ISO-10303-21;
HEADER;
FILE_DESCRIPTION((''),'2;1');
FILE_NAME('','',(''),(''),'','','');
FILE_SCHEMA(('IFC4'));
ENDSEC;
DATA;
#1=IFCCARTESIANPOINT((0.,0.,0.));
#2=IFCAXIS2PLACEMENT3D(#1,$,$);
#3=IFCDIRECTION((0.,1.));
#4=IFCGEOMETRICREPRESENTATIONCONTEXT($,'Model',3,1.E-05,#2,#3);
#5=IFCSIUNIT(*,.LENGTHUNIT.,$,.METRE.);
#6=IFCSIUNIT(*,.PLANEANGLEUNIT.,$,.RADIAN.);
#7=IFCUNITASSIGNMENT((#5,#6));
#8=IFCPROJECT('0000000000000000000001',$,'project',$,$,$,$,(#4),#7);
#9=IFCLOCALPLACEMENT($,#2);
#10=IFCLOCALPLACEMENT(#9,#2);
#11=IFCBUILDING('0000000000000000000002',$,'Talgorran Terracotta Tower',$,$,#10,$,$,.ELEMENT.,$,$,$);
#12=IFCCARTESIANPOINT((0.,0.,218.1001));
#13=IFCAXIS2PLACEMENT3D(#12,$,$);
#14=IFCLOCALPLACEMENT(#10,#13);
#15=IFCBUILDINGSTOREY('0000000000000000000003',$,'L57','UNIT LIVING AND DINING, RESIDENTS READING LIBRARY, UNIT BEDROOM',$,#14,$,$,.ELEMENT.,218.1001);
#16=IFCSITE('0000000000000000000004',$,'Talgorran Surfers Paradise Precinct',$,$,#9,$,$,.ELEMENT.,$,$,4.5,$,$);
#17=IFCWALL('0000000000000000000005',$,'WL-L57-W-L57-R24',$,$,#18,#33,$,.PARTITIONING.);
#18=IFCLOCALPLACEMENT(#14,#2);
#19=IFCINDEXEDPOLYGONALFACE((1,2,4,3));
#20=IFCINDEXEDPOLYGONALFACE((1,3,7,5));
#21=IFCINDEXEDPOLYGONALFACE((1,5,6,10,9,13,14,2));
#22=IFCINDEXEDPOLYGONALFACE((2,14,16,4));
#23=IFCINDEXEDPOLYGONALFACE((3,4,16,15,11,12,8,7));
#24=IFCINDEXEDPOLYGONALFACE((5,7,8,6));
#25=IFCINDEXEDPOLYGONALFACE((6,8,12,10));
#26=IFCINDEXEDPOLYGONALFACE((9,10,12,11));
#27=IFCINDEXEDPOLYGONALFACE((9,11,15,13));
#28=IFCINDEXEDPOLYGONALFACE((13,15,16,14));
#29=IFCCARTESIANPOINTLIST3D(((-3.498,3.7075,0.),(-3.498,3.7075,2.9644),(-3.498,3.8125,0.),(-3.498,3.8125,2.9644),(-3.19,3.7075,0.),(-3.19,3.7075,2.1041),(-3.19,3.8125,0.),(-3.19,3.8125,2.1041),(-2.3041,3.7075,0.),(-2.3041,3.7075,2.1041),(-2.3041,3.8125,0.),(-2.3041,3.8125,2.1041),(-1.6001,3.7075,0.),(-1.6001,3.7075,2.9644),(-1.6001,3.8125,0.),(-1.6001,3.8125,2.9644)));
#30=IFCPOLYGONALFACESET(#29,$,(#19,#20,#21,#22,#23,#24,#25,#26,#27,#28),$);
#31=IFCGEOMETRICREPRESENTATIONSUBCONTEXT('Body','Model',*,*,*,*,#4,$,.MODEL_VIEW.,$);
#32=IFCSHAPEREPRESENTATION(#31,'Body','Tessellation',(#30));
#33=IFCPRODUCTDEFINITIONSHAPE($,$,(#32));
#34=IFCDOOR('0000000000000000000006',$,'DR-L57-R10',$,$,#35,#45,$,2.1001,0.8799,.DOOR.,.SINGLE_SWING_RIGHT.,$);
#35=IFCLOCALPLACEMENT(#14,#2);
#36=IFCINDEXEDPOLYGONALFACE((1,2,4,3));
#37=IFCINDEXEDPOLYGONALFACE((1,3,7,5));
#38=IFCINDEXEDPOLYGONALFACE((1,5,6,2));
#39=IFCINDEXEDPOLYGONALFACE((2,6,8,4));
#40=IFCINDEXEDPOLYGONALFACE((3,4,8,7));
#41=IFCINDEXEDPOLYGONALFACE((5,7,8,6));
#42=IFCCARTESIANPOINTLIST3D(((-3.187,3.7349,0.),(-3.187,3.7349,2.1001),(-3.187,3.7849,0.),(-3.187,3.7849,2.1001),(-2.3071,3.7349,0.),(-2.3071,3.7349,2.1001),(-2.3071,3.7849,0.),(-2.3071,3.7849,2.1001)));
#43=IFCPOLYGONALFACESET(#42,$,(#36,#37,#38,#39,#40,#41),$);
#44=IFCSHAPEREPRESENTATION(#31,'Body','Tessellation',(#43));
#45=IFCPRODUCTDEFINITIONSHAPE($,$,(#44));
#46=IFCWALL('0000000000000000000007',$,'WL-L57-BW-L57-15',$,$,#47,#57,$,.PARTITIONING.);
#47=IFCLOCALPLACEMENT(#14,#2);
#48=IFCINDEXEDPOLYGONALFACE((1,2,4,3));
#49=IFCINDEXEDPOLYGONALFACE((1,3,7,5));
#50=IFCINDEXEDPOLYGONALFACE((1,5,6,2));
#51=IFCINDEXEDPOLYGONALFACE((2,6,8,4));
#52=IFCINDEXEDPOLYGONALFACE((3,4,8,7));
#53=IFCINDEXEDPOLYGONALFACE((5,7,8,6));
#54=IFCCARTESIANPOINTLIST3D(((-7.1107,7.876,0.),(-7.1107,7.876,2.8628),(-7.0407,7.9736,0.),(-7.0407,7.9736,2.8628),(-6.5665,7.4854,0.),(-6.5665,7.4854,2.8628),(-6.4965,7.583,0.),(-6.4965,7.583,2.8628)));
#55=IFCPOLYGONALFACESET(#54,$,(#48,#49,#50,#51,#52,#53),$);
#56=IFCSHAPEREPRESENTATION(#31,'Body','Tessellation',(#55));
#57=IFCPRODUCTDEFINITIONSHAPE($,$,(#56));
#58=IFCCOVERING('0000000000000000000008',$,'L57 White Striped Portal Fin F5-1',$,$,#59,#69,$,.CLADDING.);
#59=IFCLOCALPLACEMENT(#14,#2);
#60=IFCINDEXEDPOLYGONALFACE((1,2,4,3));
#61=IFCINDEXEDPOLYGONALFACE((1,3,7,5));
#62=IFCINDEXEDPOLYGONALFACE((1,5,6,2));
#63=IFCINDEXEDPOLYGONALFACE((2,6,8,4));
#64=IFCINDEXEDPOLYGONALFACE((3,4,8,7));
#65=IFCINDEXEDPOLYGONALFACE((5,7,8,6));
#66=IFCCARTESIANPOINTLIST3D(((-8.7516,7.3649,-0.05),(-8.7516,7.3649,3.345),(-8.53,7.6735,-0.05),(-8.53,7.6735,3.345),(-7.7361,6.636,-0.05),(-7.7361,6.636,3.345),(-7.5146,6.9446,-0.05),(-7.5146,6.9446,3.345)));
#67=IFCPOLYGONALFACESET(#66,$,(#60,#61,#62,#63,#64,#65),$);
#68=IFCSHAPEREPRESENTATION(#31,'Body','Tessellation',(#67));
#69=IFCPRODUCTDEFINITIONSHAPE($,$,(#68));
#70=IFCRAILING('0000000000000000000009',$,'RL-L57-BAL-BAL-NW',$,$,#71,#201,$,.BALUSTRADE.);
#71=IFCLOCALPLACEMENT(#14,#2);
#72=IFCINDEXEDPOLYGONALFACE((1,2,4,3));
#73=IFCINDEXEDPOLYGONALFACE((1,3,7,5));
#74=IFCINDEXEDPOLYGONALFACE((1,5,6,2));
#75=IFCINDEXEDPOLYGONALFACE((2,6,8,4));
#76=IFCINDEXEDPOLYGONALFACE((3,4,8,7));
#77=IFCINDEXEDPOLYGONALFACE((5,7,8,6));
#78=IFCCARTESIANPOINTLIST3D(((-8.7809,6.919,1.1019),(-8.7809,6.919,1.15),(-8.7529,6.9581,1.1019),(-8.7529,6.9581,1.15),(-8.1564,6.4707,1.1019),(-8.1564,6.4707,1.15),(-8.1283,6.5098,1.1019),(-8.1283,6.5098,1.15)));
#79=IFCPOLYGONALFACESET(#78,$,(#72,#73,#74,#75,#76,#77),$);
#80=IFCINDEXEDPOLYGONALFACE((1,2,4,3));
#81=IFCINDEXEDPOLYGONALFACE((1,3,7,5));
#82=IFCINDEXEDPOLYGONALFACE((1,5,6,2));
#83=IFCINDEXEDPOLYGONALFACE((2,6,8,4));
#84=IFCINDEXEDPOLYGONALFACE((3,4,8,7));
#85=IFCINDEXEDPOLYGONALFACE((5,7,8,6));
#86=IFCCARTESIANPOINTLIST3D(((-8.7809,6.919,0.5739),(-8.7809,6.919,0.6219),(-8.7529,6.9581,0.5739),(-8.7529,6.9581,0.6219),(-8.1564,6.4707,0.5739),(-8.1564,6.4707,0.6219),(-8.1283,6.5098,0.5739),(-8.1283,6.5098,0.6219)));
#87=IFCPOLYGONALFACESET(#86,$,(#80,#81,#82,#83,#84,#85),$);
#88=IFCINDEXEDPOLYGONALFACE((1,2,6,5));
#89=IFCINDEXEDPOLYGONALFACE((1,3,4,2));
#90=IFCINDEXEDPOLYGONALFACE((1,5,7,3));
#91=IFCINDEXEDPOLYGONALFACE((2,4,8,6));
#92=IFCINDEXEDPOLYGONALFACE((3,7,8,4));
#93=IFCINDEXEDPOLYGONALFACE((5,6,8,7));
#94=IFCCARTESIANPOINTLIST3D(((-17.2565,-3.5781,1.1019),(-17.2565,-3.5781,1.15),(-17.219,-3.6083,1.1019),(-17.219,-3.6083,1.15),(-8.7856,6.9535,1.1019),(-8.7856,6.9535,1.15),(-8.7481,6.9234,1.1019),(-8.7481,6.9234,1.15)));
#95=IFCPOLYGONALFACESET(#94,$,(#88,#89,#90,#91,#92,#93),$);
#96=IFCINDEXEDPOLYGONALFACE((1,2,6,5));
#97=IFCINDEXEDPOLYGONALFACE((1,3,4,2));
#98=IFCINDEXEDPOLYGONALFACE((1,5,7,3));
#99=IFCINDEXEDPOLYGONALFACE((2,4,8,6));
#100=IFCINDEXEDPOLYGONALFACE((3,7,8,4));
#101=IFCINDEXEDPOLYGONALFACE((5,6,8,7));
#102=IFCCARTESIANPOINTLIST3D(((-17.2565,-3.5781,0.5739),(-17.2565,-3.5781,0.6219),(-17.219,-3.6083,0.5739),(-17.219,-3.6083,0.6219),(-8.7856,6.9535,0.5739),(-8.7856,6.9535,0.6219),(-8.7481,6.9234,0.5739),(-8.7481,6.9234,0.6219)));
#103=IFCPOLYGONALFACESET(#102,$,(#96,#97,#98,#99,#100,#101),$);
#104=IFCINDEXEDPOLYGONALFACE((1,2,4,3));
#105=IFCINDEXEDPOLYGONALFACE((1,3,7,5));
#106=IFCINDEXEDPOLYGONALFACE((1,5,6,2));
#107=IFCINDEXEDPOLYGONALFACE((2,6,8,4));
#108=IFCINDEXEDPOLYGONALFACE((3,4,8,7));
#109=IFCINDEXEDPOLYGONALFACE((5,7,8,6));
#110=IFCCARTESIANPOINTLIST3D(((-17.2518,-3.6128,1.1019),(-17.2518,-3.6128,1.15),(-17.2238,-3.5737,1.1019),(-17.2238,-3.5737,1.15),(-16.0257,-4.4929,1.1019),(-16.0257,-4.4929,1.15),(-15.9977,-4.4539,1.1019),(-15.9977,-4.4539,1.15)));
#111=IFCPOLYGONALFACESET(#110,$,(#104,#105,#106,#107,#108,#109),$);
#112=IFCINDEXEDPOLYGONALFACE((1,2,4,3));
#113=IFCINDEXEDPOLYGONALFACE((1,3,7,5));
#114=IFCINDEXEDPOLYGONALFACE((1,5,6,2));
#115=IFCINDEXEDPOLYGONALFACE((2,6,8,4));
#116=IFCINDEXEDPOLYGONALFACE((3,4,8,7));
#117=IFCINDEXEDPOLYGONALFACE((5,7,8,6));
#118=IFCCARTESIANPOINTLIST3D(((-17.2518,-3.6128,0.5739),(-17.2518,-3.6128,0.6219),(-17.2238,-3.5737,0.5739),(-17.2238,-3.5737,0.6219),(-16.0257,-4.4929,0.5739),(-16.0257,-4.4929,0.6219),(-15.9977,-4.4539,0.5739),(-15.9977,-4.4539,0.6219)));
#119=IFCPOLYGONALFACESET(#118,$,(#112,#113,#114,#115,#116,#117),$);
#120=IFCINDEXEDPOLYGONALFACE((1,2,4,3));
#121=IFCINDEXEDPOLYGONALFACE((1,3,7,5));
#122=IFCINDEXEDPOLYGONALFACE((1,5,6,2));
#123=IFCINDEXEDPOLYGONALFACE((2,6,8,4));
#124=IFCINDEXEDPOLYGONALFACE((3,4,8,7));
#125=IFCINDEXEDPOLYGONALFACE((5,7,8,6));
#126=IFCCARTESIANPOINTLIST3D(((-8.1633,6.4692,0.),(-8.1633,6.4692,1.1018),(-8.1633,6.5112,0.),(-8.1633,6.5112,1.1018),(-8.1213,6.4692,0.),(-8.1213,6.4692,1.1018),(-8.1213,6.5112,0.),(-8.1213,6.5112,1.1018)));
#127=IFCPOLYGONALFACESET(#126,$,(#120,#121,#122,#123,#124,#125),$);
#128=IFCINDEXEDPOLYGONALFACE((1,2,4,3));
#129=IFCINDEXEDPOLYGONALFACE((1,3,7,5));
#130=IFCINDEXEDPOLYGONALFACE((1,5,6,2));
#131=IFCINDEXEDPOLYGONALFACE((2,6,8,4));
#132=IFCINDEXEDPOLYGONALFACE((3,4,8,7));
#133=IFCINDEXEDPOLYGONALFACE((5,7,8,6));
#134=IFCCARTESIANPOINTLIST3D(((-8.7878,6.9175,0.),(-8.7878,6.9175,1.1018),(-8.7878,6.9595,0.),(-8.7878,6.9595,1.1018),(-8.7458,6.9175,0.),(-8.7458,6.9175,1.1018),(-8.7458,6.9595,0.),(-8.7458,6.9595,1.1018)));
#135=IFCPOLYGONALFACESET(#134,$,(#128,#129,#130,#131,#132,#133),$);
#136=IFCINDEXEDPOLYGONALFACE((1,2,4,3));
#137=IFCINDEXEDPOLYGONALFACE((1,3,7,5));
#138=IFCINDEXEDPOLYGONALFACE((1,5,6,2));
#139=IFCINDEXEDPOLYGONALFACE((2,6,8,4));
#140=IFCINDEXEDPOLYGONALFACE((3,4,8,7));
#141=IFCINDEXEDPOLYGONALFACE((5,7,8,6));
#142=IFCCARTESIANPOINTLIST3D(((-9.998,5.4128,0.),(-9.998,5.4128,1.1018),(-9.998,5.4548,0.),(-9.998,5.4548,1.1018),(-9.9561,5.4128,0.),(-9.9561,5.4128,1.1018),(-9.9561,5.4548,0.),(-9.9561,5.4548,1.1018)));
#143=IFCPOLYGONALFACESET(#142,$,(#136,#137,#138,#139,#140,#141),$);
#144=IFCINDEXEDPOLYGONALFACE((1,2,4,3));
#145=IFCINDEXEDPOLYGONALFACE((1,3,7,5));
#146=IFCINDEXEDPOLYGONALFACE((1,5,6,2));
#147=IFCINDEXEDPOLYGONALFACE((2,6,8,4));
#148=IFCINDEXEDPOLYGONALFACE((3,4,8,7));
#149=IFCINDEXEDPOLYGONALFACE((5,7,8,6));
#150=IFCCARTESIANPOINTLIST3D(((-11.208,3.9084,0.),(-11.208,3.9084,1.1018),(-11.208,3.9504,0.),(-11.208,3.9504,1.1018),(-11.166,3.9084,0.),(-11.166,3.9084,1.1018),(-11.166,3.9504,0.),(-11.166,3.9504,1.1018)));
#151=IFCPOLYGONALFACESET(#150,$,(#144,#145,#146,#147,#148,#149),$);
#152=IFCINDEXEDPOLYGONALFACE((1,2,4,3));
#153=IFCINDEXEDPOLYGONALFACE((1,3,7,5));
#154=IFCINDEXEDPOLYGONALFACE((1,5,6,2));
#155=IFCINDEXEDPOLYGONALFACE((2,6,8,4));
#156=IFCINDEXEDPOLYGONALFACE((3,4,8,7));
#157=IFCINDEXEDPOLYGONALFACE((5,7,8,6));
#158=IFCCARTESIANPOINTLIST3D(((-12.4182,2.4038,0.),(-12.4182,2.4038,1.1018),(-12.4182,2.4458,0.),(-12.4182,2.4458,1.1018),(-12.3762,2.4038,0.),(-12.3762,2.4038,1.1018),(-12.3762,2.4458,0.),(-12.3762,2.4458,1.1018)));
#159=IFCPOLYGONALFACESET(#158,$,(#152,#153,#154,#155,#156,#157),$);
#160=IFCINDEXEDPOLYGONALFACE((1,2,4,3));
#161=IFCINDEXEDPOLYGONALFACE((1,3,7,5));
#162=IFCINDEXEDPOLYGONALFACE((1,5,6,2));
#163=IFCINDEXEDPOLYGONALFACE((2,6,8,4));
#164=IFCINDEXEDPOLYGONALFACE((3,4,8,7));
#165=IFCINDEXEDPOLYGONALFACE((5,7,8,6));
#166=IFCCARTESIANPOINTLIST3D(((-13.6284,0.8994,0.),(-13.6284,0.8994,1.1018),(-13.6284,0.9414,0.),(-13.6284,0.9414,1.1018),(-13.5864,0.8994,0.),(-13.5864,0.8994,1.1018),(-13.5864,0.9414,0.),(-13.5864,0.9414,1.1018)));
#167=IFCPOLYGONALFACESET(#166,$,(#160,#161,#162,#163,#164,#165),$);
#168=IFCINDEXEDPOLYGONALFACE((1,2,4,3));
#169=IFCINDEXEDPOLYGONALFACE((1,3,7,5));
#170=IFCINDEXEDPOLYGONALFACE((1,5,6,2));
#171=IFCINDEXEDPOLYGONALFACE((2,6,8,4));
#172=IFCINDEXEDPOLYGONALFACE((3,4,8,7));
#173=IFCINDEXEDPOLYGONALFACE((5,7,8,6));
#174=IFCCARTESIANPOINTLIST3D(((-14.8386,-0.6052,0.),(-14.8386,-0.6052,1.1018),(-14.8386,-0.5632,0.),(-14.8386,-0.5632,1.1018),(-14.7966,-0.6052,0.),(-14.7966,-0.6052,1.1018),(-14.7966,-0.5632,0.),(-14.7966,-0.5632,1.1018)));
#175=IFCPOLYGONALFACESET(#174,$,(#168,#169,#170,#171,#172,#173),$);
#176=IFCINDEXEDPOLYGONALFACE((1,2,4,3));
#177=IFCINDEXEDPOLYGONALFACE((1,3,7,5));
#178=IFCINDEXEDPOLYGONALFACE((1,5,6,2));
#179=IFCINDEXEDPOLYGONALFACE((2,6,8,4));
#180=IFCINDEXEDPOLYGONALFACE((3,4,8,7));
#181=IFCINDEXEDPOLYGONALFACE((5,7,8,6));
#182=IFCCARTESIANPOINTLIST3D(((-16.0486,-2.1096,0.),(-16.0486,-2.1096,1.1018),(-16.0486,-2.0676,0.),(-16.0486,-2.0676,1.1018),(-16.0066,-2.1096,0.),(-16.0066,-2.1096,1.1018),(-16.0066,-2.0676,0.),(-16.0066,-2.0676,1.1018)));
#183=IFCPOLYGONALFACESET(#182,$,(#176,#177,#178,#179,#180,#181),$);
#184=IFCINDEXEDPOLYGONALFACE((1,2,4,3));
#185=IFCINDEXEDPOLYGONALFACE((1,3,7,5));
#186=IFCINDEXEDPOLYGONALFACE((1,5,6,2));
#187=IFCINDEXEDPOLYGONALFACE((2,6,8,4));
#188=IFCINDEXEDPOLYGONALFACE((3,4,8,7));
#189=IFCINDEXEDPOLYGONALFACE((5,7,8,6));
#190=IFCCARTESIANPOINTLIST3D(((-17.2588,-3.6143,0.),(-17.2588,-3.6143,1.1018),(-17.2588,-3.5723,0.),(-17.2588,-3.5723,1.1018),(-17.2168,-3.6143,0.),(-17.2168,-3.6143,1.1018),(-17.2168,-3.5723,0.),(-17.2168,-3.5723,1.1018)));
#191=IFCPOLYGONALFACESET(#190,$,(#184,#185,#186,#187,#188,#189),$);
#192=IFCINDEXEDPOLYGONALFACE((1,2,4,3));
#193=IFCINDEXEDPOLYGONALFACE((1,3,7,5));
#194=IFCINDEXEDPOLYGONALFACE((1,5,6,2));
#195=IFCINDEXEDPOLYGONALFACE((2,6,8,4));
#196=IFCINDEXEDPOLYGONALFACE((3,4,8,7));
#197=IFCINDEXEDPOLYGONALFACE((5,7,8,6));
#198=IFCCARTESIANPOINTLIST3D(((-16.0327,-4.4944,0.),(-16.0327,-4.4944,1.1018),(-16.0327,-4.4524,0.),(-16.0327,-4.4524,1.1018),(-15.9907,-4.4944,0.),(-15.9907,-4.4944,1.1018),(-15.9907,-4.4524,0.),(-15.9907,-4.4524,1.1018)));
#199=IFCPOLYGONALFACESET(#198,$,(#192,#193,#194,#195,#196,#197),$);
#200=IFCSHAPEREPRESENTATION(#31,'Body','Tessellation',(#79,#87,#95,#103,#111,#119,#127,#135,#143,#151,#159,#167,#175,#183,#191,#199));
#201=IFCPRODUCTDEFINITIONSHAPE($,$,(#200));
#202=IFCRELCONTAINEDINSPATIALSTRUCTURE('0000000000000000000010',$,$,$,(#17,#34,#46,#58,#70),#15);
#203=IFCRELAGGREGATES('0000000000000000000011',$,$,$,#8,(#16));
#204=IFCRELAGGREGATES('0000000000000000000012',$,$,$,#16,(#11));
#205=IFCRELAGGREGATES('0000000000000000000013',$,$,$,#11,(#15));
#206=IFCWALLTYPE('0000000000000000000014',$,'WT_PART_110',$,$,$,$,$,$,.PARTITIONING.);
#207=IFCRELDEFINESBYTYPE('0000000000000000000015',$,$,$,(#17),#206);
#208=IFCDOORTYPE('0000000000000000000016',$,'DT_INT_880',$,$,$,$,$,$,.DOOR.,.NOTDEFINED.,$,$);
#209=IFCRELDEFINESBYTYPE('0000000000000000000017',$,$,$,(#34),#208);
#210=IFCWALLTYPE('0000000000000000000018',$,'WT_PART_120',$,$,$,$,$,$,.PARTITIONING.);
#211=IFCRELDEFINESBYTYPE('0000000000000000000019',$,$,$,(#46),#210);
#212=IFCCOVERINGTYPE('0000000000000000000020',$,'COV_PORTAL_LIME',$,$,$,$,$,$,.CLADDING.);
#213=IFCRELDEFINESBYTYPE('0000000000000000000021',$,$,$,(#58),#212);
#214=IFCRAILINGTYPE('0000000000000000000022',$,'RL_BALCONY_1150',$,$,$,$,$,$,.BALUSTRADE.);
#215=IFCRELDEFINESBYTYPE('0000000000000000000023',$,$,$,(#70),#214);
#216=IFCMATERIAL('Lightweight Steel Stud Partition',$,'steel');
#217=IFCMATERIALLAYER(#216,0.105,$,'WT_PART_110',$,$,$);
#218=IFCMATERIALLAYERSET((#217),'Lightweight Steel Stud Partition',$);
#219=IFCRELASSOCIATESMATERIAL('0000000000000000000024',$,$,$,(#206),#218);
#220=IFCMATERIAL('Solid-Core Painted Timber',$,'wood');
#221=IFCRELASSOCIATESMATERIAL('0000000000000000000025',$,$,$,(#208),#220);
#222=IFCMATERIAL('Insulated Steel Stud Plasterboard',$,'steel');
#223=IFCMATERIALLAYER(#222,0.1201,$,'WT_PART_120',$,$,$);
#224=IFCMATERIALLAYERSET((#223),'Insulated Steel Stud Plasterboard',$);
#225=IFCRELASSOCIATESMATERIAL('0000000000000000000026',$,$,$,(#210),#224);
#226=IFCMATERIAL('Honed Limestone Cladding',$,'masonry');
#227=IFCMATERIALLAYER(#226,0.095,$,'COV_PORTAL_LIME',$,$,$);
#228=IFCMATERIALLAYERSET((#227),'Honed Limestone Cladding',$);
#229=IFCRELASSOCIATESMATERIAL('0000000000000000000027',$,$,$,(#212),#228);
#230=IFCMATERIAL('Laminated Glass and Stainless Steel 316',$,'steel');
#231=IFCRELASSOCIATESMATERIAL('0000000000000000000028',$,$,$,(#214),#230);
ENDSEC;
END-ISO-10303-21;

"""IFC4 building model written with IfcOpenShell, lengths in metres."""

from ifc_helpers import new_model, si_unit, direction, frame, frame_2d, origin, origin_2d, place, context, subcontext, project, spatial, rectangle, extrude, material, layer, layer_set, type_object, element, fill, save


model = new_model("IFC4")

# Units and contexts
model_context = context("Model", 3, precision=1e-05, world=origin(), true_north=direction((0.0, 1.0)))
body_context = subcontext(model_context, "Body", "Model", "MODEL_VIEW")
ifc_project = project(units=[si_unit("LENGTHUNIT", "METRE"), si_unit("PLANEANGLEUNIT", "RADIAN")], contexts=[model_context])

# Site, building, storey
site_placement = place(None, origin())
site = spatial("IfcSite", under=ifc_project, at=site_placement, Name="Talgorran Surfers Paradise Precinct", CompositionType="ELEMENT", RefElevation=4.5)
building_placement = place(site_placement, origin())
building = spatial("IfcBuilding", under=site, at=building_placement, Name="Talgorran Terracotta Tower", CompositionType="ELEMENT")
storey_placement = place(building_placement, frame((0.0, 0.0, 218.1001)))
storey = spatial("IfcBuildingStorey", under=building, at=storey_placement, Name="L57", Description="UNIT LIVING AND DINING, RESIDENTS READING LIBRARY, UNIT BEDROOM", CompositionType="ELEMENT", Elevation=218.1001)

# Shared definitions
ifc_material_1 = material(Name="Lightweight Steel Stud Partition", Category="steel")
ifc_layer_1 = layer(ifc_material_1, 0.105, Name="WT_PART_110")
ifc_layer_set_1 = layer_set([ifc_layer_1], Name="Lightweight Steel Stud Partition")
wall_type_1 = type_object("IfcWallType", Name="WT_PART_110", PredefinedType="PARTITIONING", material=ifc_layer_set_1)

# Shared definitions
ifc_material_2 = material(Name="Solid-Core Painted Timber", Category="wood")
door_type = type_object("IfcDoorType", Name="DT_INT_880", OperationType="NOTDEFINED", PredefinedType="DOOR", material=ifc_material_2)

# Wall, opening, door
wall_1_placement = place(storey_placement, frame((-3.498, 3.76, 0.0), z_axis=(0.0, 0.0, 1.0), x_axis=(1.0, 0.0, 0.0)))
wall_1 = element("IfcWall", 1, at=wall_1_placement, inside=storey, type_object=wall_type_1, Name="WL-L57-W-L57-R24", PredefinedType="PARTITIONING", context=body_context, shape_type="SweptSolid", body=[
    extrude(rectangle(XDim=1.8979, YDim=0.105, at=frame_2d((0.949, 0.0))), origin(), (0.0, 0.0, 1.0), 2.9644),
])
opening_1_placement = place(wall_1_placement, frame((0.311, 0.0, 0.0)))
opening_1 = element("IfcOpeningElement", 2, at=opening_1_placement, cuts=wall_1, PredefinedType="OPENING", context=body_context, shape_type="SweptSolid", body=[
    extrude(rectangle(XDim=0.8859, YDim=2.1041, at=frame_2d((0.4399, 1.052))), frame((0.0, 0.0625, 0.0), z_axis=(0.0, -1.0, 0.0), x_axis=(1.0, 0.0, 0.0)), (0.0, 0.0, 1.0), 0.125),
])
door_1_placement = place(opening_1_placement, origin())
door_1 = element("IfcDoor", 3, at=door_1_placement, inside=storey, type_object=door_type, Name="DR-L57-R10", OperationType="SINGLE_SWING_RIGHT", OverallHeight=2.1001, OverallWidth=0.8799, PredefinedType="DOOR", context=body_context, shape_type="SweptSolid", body=[
    extrude(rectangle(XDim=0.8799, YDim=2.1001, at=frame_2d((0.4399, 1.05))), frame((0.0, 0.0249, 0.0), z_axis=(0.0, -1.0, 0.0), x_axis=(1.0, 0.0, 0.0)), (0.0, 0.0, 1.0), 0.05),
])
fill(opening_1, door_1)

# Wall
ifc_material_3 = material(Name="Insulated Steel Stud Plasterboard", Category="steel")
ifc_layer_2 = layer(ifc_material_3, 0.1201, Name="WT_PART_120")
ifc_layer_set_2 = layer_set([ifc_layer_2], Name="Insulated Steel Stud Plasterboard")
wall_type_2 = type_object("IfcWallType", Name="WT_PART_120", PredefinedType="PARTITIONING", material=ifc_layer_set_2)
wall_2_placement = place(storey_placement, frame((-6.5315, 7.5342, 0.0), z_axis=(0.0, 0.0, 1.0), x_axis=(-0.812377, 0.583133, 0.0)))
element("IfcWall", 4, at=wall_2_placement, inside=storey, type_object=wall_type_2, Name="WL-L57-BW-L57-15", PredefinedType="PARTITIONING", context=body_context, shape_type="SweptSolid", body=[
    extrude(rectangle(XDim=0.6699, YDim=0.1201, at=frame_2d((0.335, 0.0))), origin(), (0.0, 0.0, 1.0), 2.8628),
])

# Covering
ifc_material_4 = material(Name="Honed Limestone Cladding", Category="masonry")
ifc_layer_3 = layer(ifc_material_4, 0.095, Name="COV_PORTAL_LIME")
ifc_layer_set_3 = layer_set([ifc_layer_3], Name="Honed Limestone Cladding")
covering_type = type_object("IfcCoveringType", Name="COV_PORTAL_LIME", PredefinedType="CLADDING", material=ifc_layer_set_3)
covering_placement = place(storey_placement, frame((-8.1331, 7.1548, -0.05), z_axis=(0.0, 0.0, 1.0), x_axis=(-0.583116, -0.812389, 0.0)))
element("IfcCovering", 5, at=covering_placement, inside=storey, type_object=covering_type, Name="L57 White Striped Portal Fin F5-1", PredefinedType="CLADDING", context=body_context, shape_type="SweptSolid", body=[
    extrude(rectangle(XDim=0.3799, YDim=1.25, at=origin_2d()), origin(), (0.0, 0.0, 1.0), 3.395),
])

# Railing
ifc_material_5 = material(Name="Laminated Glass and Stainless Steel 316", Category="steel")
railing_type = type_object("IfcRailingType", Name="RL_BALCONY_1150", PredefinedType="BALUSTRADE", material=ifc_material_5)
railing_placement = place(storey_placement, frame((-8.1423, 6.4902, 0.0)))
element("IfcRailing", 6, at=railing_placement, inside=storey, type_object=railing_type, Name="RL-L57-BAL-BAL-NW", PredefinedType="BALUSTRADE", context=body_context, shape_type="SweptSolid", body=[
    extrude(rectangle(XDim=0.0481, YDim=0.0481, at=origin_2d()), frame((0.0, 0.0, 1.126), z_axis=(-0.812401, 0.583099, 0.0), x_axis=(-0.583099, -0.812401, 0.0)), (0.0, 0.0, 1.0), 0.7688),
    extrude(rectangle(XDim=0.0481, YDim=0.0481, at=origin_2d()), frame((0.0, 0.0, 0.5979), z_axis=(-0.812401, 0.583099, 0.0), x_axis=(-0.583099, -0.812401, 0.0)), (0.0, 0.0, 1.0), 0.7688),
    extrude(rectangle(XDim=0.0481, YDim=0.0481, at=origin_2d()), frame((-0.6245, 0.4482, 1.126), z_axis=(-0.626748, -0.779222, 0.0), x_axis=(0.779222, -0.626748, 0.0)), (0.0, 0.0, 1.0), 13.5156),
    extrude(rectangle(XDim=0.0481, YDim=0.0481, at=origin_2d()), frame((-0.6245, 0.4482, 0.5979), z_axis=(-0.626748, -0.779222, 0.0), x_axis=(0.779222, -0.626748, 0.0)), (0.0, 0.0, 1.0), 13.5156),
    extrude(rectangle(XDim=0.0481, YDim=0.0481, at=origin_2d()), frame((-9.0955, -10.0835, 1.126), z_axis=(0.812365, -0.583149, 0.0), x_axis=(0.583149, 0.812365, 0.0)), (0.0, 0.0, 1.0), 1.5093),
    extrude(rectangle(XDim=0.0481, YDim=0.0481, at=origin_2d()), frame((-9.0955, -10.0835, 0.5979), z_axis=(0.812365, -0.583149, 0.0), x_axis=(0.583149, 0.812365, 0.0)), (0.0, 0.0, 1.0), 1.5093),
    extrude(rectangle(XDim=0.042, YDim=0.042, at=origin_2d()), origin(), (0.0, 0.0, 1.0), 1.1018),
    extrude(rectangle(XDim=0.042, YDim=0.042, at=origin_2d()), frame((-0.6245, 0.4482, 0.0)), (0.0, 0.0, 1.0), 1.1018),
    extrude(rectangle(XDim=0.042, YDim=0.042, at=origin_2d()), frame((-1.8347, -1.0564, 0.0)), (0.0, 0.0, 1.0), 1.1018),
    extrude(rectangle(XDim=0.042, YDim=0.042, at=origin_2d()), frame((-3.0447, -2.5608, 0.0)), (0.0, 0.0, 1.0), 1.1018),
    extrude(rectangle(XDim=0.042, YDim=0.042, at=origin_2d()), frame((-4.2549, -4.0654, 0.0)), (0.0, 0.0, 1.0), 1.1018),
    extrude(rectangle(XDim=0.042, YDim=0.042, at=origin_2d()), frame((-5.4651, -5.5698, 0.0)), (0.0, 0.0, 1.0), 1.1018),
    extrude(rectangle(XDim=0.042, YDim=0.042, at=origin_2d()), frame((-6.6753, -7.0745, 0.0)), (0.0, 0.0, 1.0), 1.1018),
    extrude(rectangle(XDim=0.042, YDim=0.042, at=origin_2d()), frame((-7.8853, -8.5789, 0.0)), (0.0, 0.0, 1.0), 1.1018),
    extrude(rectangle(XDim=0.042, YDim=0.042, at=origin_2d()), frame((-9.0955, -10.0835, 0.0)), (0.0, 0.0, 1.0), 1.1018),
    extrude(rectangle(XDim=0.042, YDim=0.042, at=origin_2d()), frame((-7.8694, -10.9636, 0.0)), (0.0, 0.0, 1.0), 1.1018),
])

save(model, "model.ifc")
